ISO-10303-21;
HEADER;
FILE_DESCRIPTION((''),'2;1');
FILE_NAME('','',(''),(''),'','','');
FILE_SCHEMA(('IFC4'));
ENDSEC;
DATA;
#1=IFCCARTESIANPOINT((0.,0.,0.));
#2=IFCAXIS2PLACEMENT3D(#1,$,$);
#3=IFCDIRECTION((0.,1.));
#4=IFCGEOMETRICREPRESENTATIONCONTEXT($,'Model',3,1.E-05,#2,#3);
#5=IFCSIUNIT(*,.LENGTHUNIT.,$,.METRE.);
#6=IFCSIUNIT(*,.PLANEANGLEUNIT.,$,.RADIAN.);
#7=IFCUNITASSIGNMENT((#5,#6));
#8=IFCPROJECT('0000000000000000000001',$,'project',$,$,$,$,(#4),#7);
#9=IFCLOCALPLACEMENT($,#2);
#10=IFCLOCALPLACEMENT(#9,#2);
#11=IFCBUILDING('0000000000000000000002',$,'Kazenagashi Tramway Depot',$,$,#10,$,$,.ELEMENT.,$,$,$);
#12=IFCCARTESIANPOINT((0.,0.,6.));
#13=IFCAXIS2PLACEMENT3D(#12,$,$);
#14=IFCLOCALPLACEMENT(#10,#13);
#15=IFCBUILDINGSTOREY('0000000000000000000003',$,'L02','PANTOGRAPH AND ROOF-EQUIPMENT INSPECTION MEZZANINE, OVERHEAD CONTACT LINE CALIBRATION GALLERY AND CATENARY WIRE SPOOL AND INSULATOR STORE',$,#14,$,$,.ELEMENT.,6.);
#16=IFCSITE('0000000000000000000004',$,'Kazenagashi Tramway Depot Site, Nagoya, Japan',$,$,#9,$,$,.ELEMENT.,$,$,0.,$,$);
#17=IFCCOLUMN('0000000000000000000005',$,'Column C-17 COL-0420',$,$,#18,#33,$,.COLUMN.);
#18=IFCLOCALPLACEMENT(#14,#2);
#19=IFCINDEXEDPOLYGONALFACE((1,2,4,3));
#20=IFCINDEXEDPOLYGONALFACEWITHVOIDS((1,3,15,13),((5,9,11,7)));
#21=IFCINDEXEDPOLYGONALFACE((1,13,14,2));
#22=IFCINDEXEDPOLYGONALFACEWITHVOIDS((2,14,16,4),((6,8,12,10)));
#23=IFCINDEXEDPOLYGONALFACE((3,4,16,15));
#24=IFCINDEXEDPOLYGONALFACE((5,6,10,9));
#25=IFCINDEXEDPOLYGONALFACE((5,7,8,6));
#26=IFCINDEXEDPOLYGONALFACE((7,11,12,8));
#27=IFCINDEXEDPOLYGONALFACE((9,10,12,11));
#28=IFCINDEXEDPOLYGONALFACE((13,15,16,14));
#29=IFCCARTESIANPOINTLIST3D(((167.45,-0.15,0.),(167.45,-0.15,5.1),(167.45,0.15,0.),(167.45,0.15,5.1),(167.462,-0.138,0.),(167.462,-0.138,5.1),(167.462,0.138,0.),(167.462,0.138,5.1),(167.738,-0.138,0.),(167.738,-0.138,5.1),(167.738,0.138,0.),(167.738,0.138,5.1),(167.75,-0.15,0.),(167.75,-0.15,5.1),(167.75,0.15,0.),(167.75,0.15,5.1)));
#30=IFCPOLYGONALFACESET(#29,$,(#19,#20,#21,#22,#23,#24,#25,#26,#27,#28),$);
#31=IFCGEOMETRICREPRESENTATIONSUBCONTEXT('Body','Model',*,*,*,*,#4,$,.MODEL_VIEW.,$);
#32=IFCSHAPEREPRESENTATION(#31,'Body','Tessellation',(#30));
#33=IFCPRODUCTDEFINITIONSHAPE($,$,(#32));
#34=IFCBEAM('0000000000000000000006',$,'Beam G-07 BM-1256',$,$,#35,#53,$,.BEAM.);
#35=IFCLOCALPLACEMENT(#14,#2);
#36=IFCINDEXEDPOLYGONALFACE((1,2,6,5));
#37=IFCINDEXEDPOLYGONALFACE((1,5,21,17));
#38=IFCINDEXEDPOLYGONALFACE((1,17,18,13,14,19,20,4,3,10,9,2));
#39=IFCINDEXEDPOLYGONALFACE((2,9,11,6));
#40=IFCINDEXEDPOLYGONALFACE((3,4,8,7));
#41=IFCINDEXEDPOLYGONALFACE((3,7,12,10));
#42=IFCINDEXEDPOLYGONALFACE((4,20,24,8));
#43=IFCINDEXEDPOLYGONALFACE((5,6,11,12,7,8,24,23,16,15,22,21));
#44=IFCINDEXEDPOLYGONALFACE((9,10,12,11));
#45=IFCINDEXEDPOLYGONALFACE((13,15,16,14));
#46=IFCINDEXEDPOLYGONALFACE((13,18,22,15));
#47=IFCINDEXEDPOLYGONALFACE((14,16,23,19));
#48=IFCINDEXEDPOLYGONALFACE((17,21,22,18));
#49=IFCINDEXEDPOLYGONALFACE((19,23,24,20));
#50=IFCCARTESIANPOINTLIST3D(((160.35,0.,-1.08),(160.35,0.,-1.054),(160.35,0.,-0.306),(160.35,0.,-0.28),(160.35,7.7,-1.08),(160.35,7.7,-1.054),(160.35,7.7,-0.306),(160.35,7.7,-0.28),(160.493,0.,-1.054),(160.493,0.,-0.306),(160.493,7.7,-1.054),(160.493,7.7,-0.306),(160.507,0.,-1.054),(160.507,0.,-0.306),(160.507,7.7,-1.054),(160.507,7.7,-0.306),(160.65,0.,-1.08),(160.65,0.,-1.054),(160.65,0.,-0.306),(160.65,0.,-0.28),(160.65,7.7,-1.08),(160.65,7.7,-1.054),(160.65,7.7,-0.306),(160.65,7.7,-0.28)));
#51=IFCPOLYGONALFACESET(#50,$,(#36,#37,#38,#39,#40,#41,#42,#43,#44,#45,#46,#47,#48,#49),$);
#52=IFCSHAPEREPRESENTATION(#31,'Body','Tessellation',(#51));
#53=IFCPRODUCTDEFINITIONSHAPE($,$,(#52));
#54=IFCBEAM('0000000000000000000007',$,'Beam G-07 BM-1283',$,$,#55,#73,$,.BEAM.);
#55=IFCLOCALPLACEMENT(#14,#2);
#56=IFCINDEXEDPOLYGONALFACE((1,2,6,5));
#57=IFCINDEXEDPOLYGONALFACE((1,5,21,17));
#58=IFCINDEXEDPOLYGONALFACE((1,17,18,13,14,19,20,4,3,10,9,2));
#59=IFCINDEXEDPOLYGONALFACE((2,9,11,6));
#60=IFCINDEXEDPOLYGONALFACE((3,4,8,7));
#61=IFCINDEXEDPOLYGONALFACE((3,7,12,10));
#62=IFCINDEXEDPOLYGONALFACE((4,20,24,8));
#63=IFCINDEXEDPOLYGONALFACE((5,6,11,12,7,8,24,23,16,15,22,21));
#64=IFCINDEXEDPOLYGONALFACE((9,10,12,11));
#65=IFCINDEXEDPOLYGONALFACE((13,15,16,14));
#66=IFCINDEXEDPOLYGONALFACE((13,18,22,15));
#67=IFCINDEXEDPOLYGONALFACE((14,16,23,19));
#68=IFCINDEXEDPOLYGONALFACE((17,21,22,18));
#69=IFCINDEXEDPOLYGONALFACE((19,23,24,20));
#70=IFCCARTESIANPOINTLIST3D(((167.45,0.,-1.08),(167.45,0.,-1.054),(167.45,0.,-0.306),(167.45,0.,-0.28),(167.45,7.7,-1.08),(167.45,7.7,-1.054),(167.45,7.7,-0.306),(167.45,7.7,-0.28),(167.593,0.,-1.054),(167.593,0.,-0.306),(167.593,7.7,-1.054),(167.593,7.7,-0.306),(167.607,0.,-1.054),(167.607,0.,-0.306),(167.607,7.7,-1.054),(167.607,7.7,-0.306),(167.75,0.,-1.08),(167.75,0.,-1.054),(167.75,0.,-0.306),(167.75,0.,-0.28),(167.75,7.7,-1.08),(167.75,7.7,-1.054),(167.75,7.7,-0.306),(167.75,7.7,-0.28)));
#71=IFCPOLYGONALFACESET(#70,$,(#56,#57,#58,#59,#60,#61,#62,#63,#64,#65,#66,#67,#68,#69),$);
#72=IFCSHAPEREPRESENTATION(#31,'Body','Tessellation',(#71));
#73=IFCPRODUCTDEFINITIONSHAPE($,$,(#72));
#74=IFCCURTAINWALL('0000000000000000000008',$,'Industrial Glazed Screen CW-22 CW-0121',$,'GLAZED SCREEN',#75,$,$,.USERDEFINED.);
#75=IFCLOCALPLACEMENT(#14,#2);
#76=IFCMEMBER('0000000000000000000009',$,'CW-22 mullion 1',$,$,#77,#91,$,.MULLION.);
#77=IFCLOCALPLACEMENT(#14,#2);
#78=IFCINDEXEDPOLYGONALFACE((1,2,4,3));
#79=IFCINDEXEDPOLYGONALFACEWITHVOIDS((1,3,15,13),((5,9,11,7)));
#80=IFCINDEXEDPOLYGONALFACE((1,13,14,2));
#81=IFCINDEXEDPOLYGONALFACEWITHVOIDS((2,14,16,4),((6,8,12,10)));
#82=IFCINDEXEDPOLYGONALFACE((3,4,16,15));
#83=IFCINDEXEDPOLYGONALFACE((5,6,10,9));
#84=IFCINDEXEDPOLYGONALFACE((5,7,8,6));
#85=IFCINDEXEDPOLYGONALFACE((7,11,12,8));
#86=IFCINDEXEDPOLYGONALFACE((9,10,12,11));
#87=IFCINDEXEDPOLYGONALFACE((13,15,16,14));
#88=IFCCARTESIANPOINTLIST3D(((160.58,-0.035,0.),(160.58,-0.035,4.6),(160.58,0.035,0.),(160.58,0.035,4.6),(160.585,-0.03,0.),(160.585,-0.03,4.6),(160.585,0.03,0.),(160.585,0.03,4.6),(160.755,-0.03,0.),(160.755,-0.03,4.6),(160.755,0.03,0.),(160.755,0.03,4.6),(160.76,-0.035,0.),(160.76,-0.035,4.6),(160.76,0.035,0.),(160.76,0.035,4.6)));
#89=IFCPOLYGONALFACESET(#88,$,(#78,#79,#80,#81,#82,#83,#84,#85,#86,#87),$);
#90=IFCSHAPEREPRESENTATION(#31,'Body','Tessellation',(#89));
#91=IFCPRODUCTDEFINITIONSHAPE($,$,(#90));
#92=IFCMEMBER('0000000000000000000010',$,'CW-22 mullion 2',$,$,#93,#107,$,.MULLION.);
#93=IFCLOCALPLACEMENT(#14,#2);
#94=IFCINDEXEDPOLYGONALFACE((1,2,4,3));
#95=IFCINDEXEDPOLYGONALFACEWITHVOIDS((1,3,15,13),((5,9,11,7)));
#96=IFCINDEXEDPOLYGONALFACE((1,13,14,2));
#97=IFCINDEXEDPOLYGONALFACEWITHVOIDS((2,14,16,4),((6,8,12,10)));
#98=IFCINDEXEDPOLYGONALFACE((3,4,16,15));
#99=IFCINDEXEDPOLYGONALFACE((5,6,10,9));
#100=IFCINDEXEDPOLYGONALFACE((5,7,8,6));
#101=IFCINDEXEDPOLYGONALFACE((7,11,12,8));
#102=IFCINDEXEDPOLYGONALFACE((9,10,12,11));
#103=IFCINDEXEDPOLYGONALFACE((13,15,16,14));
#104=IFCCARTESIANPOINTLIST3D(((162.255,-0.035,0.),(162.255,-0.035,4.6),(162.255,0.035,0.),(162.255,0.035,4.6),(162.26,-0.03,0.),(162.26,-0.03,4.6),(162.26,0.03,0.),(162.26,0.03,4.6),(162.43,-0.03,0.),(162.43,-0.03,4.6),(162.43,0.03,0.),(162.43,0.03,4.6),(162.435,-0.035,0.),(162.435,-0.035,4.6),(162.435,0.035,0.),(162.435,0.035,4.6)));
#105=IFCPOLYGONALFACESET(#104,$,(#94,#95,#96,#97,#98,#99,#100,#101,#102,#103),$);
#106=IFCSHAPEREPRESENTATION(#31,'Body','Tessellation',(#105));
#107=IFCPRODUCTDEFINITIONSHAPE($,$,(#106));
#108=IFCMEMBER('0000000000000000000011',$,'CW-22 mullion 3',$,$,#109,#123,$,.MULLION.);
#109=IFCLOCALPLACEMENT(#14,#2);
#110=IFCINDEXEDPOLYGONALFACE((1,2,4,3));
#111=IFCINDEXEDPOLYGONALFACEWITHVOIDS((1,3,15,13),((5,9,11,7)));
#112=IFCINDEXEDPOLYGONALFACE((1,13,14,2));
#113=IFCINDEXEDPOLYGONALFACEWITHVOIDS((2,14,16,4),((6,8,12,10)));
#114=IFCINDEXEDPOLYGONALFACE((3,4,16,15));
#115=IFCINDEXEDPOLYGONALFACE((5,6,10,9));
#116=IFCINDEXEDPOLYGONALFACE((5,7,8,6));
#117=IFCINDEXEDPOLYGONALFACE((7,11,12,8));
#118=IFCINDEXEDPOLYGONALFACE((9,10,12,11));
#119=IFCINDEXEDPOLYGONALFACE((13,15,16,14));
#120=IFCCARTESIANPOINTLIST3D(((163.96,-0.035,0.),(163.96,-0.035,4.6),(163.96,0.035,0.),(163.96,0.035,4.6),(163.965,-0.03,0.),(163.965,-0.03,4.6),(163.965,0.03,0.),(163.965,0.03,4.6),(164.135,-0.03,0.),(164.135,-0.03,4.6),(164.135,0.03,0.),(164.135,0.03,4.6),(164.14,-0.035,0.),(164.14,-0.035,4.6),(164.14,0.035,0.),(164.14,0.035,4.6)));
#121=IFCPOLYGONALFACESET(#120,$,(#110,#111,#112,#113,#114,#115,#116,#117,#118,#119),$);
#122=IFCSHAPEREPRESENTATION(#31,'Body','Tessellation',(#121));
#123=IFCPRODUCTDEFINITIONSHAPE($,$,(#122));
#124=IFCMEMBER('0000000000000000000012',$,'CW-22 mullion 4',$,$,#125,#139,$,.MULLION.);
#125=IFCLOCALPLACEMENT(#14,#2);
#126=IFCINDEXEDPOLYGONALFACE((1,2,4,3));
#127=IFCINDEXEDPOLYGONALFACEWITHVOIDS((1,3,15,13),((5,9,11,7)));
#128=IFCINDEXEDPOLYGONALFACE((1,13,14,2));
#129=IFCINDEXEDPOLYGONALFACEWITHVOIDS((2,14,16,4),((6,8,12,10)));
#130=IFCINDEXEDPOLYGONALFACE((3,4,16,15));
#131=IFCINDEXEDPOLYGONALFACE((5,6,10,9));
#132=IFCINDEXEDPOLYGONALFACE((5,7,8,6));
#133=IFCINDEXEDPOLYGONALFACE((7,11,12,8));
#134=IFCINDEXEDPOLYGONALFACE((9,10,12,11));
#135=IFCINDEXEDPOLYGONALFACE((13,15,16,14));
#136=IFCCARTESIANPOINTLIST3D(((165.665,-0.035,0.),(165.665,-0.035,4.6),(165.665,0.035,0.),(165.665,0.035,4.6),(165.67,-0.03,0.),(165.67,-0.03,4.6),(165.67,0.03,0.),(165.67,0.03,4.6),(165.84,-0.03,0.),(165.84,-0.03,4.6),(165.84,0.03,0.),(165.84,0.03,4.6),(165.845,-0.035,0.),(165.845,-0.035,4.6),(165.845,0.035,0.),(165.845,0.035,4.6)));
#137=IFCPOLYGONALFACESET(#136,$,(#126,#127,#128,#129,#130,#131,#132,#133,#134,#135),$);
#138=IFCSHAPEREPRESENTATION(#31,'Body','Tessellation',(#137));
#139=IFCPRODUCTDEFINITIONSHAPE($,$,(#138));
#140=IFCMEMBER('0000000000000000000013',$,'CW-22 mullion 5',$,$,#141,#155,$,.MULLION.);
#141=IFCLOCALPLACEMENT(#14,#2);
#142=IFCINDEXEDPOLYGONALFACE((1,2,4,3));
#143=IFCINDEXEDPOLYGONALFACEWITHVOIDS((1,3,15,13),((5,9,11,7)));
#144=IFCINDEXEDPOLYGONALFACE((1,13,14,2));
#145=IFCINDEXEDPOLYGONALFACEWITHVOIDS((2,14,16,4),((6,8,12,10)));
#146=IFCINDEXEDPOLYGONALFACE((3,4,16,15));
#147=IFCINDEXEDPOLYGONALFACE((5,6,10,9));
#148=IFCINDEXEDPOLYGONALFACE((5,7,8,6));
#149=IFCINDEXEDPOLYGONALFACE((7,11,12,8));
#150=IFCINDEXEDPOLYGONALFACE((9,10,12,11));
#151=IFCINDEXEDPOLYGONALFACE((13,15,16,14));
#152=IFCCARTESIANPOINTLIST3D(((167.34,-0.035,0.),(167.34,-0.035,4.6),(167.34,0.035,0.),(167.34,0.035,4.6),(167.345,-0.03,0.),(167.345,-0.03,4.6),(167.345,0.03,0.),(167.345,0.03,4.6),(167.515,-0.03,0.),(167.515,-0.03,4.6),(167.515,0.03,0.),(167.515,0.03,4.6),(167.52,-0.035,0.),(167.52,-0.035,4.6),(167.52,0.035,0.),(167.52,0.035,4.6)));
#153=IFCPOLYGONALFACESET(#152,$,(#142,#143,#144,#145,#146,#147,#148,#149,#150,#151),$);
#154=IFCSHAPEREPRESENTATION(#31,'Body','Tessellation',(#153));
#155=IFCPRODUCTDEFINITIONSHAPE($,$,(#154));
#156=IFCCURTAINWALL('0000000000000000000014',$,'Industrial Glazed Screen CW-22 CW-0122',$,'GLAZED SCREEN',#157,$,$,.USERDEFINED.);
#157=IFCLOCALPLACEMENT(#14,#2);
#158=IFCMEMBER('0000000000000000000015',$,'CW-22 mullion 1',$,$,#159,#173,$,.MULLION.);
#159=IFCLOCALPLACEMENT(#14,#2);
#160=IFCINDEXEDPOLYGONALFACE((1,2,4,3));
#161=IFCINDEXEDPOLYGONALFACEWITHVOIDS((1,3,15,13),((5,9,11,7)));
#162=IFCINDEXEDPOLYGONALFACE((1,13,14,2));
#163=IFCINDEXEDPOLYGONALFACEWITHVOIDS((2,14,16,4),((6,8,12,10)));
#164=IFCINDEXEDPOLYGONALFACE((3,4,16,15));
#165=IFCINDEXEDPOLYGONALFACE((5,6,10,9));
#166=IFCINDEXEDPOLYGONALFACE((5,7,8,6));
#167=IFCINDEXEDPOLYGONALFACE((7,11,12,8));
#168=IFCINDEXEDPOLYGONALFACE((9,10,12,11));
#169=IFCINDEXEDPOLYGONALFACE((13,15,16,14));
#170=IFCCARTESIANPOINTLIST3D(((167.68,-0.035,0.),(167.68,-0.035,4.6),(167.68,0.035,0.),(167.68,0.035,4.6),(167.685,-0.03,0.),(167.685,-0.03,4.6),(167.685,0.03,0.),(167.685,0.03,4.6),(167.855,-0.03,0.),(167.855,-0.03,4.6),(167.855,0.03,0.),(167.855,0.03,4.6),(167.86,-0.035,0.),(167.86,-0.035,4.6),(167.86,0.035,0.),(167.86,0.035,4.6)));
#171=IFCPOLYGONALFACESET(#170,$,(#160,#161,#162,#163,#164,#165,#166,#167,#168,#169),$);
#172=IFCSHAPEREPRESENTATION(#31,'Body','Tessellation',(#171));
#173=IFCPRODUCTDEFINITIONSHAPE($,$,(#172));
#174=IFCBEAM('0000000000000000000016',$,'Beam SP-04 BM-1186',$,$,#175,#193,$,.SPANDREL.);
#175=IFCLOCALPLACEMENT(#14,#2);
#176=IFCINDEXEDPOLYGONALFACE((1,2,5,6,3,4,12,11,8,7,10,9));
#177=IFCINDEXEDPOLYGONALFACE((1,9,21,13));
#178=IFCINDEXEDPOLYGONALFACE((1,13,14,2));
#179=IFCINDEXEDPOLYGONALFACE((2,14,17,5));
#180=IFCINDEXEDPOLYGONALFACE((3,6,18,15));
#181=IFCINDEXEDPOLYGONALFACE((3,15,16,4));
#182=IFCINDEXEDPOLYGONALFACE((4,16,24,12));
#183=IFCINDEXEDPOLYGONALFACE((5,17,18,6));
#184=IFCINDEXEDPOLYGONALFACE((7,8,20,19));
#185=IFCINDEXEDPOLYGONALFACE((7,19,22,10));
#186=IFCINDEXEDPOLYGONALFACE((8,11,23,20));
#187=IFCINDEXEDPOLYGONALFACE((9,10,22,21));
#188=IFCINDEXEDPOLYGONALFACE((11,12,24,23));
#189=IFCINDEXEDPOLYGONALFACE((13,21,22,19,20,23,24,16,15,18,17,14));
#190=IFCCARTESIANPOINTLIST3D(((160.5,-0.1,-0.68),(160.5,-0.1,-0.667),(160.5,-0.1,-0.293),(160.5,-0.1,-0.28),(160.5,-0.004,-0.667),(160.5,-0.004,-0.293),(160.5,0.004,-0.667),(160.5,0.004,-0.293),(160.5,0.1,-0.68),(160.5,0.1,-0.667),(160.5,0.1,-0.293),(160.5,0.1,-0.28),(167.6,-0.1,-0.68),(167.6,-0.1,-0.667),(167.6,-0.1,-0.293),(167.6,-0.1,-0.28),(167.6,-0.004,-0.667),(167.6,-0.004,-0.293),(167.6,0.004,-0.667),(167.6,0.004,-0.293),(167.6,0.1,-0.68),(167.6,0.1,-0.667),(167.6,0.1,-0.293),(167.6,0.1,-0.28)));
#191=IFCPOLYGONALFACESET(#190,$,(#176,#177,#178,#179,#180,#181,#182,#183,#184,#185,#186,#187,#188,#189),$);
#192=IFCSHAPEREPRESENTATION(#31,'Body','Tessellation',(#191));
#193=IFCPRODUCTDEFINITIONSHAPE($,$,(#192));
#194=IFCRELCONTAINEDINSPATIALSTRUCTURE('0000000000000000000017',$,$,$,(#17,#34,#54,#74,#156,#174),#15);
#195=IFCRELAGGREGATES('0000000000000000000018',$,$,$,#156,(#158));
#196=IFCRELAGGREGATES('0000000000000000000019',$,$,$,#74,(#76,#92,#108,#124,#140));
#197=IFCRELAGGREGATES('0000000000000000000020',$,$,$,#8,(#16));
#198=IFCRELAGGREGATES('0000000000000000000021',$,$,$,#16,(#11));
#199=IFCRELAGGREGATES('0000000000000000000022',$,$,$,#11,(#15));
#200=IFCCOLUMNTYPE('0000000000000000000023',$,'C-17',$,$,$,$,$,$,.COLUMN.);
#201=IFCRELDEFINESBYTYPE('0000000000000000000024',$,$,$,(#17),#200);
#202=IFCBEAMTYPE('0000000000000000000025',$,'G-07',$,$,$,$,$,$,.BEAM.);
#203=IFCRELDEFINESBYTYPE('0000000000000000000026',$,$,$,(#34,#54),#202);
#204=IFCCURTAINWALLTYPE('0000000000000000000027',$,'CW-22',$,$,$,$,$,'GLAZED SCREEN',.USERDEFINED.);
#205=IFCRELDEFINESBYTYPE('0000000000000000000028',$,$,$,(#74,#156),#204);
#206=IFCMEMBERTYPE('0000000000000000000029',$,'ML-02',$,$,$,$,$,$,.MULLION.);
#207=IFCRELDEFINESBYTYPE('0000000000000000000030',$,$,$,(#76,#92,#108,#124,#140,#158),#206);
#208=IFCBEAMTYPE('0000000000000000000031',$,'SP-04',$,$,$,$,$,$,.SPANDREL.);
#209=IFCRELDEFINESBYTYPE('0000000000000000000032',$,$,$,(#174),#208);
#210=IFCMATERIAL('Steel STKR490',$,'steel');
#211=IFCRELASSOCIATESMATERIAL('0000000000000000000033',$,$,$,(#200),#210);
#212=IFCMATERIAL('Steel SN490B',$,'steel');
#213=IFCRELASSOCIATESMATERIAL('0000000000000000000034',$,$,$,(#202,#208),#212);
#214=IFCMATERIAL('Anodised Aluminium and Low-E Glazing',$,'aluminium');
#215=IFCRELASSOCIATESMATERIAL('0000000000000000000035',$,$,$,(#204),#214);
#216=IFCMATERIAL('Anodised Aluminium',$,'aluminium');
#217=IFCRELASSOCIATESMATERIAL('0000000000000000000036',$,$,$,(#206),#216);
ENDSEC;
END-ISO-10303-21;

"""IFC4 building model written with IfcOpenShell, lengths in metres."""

from ifc_helpers import new_model, si_unit, direction, frame, origin, origin_2d, place, context, subcontext, project, spatial, hollow_rectangle, i_section, extrude, material, material_profile, profile_set, type_object, element, aggregate, save


model = new_model("IFC4")

# Units and contexts
model_context = context("Model", 3, precision=1e-05, world=origin(), true_north=direction((0.0, 1.0)))
body_context = subcontext(model_context, "Body", "Model", "MODEL_VIEW")
ifc_project = project(units=[si_unit("LENGTHUNIT", "METRE"), si_unit("PLANEANGLEUNIT", "RADIAN")], contexts=[model_context])

# Site, building, storey
site_placement = place(None, origin())
site = spatial("IfcSite", under=ifc_project, at=site_placement, Name="Kazenagashi Tramway Depot Site, Nagoya, Japan", CompositionType="ELEMENT", RefElevation=0.0)
building_placement = place(site_placement, origin())
building = spatial("IfcBuilding", under=site, at=building_placement, Name="Kazenagashi Tramway Depot", CompositionType="ELEMENT")
storey_placement = place(building_placement, frame((0.0, 0.0, 6.0)))
storey = spatial("IfcBuildingStorey", under=building, at=storey_placement, Name="L02", Description="PANTOGRAPH AND ROOF-EQUIPMENT INSPECTION MEZZANINE, OVERHEAD CONTACT LINE CALIBRATION GALLERY AND CATENARY WIRE SPOOL AND INSULATOR STORE", CompositionType="ELEMENT", Elevation=6.0)

# Column
ifc_material_1 = material(Name="Steel STKR490", Category="steel")
ifc_material_profile_1 = material_profile(ifc_material_1, hollow_rectangle(XDim=0.3, YDim=0.3, WallThickness=0.012, at=origin_2d()), Name="SHS-300x300x12")
ifc_profile_set_1 = profile_set([ifc_material_profile_1], Name="Steel STKR490")
column_type = type_object("IfcColumnType", Name="C-17", PredefinedType="COLUMN", material=ifc_profile_set_1)
column_placement = place(storey_placement, frame((167.6, 0.0, 0.0), z_axis=(0.0, 0.0, 1.0), x_axis=(1.0, 0.0, 0.0)))
element("IfcColumn", 1, at=column_placement, inside=storey, type_object=column_type, Name="Column C-17 COL-0420", PredefinedType="COLUMN", context=body_context, shape_type="SweptSolid", body=[
    extrude(hollow_rectangle(XDim=0.3, YDim=0.3, WallThickness=0.012, at=origin_2d()), origin(), (0.0, 0.0, 1.0), 5.1),
])

# Beams
ifc_material_2 = material(Name="Steel SN490B", Category="steel")
ifc_material_profile_2 = material_profile(ifc_material_2, i_section(OverallWidth=0.3, OverallDepth=0.8, WebThickness=0.014, FlangeThickness=0.026, at=origin_2d()), Name="H-800x300x14x26")
ifc_profile_set_2 = profile_set([ifc_material_profile_2], Name="Steel SN490B")
beam_type_1 = type_object("IfcBeamType", Name="G-07", PredefinedType="BEAM", material=ifc_profile_set_2)
for number, where, z_axis, x_axis, name in (
    (2, (160.5, 0.0, -0.68), (0.0, 1.0, 0.0), (-1.0, 0.0, 0.0), "Beam G-07 BM-1256"),
    (3, (167.6, 0.0, -0.68), (0.0, 1.0, 0.0), (-1.0, 0.0, 0.0), "Beam G-07 BM-1283"),
):
    element("IfcBeam", number, at=place(storey_placement, frame(where, z_axis=z_axis, x_axis=x_axis)), inside=storey, type_object=beam_type_1, Name=name, PredefinedType="BEAM", context=body_context, shape_type="SweptSolid", body=[
        extrude(i_section(OverallWidth=0.3, OverallDepth=0.8, WebThickness=0.014, FlangeThickness=0.026, at=origin_2d()), origin(), (0.0, 0.0, 1.0), 7.7),
    ])

# Curtain wall, members
ifc_material_3 = material(Name="Anodised Aluminium and Low-E Glazing", Category="aluminium")
curtain_wall_type = type_object("IfcCurtainWallType", Name="CW-22", ElementType="GLAZED SCREEN", PredefinedType="USERDEFINED", material=ifc_material_3)
curtain_wall_1_placement = place(storey_placement, origin())
curtain_wall_1 = element("IfcCurtainWall", 4, at=curtain_wall_1_placement, inside=storey, type_object=curtain_wall_type, Name="Industrial Glazed Screen CW-22 CW-0121", ObjectType="GLAZED SCREEN", PredefinedType="USERDEFINED")
ifc_material_4 = material(Name="Anodised Aluminium", Category="aluminium")
ifc_material_profile_3 = material_profile(ifc_material_4, hollow_rectangle(XDim=0.07, YDim=0.18, WallThickness=0.005, at=origin_2d()), Name="RHS-180x70x5")
ifc_profile_set_3 = profile_set([ifc_material_profile_3], Name="Anodised Aluminium")
member_type_1 = type_object("IfcMemberType", Name="ML-02", PredefinedType="MULLION", material=ifc_profile_set_3)
member_1_placement = place(storey_placement, frame((160.67, 0.0, 0.0), z_axis=(0.0, 0.0, 1.0), x_axis=(0.0, 1.0, 0.0)))
member_1 = element("IfcMember", 5, at=member_1_placement, type_object=member_type_1, Name="CW-22 mullion 1", PredefinedType="MULLION", context=body_context, shape_type="SweptSolid", body=[
    extrude(hollow_rectangle(XDim=0.07, YDim=0.18, WallThickness=0.005, at=origin_2d()), origin(), (0.0, 0.0, 1.0), 4.6),
])
member_2_placement = place(storey_placement, frame((162.345, 0.0, 0.0), z_axis=(0.0, 0.0, 1.0), x_axis=(0.0, 1.0, 0.0)))
member_2 = element("IfcMember", 6, at=member_2_placement, type_object=member_type_1, Name="CW-22 mullion 2", PredefinedType="MULLION", context=body_context, shape_type="SweptSolid", body=[
    extrude(hollow_rectangle(XDim=0.07, YDim=0.18, WallThickness=0.005, at=origin_2d()), origin(), (0.0, 0.0, 1.0), 4.6),
])
member_3_placement = place(storey_placement, frame((164.05, 0.0, 0.0), z_axis=(0.0, 0.0, 1.0), x_axis=(0.0, 1.0, 0.0)))
member_3 = element("IfcMember", 7, at=member_3_placement, type_object=member_type_1, Name="CW-22 mullion 3", PredefinedType="MULLION", context=body_context, shape_type="SweptSolid", body=[
    extrude(hollow_rectangle(XDim=0.07, YDim=0.18, WallThickness=0.005, at=origin_2d()), origin(), (0.0, 0.0, 1.0), 4.6),
])
member_4_placement = place(storey_placement, frame((165.755, 0.0, 0.0), z_axis=(0.0, 0.0, 1.0), x_axis=(0.0, 1.0, 0.0)))
member_4 = element("IfcMember", 8, at=member_4_placement, type_object=member_type_1, Name="CW-22 mullion 4", PredefinedType="MULLION", context=body_context, shape_type="SweptSolid", body=[
    extrude(hollow_rectangle(XDim=0.07, YDim=0.18, WallThickness=0.005, at=origin_2d()), origin(), (0.0, 0.0, 1.0), 4.6),
])
member_5_placement = place(storey_placement, frame((167.43, 0.0, 0.0), z_axis=(0.0, 0.0, 1.0), x_axis=(0.0, 1.0, 0.0)))
member_5 = element("IfcMember", 9, at=member_5_placement, type_object=member_type_1, Name="CW-22 mullion 5", PredefinedType="MULLION", context=body_context, shape_type="SweptSolid", body=[
    extrude(hollow_rectangle(XDim=0.07, YDim=0.18, WallThickness=0.005, at=origin_2d()), origin(), (0.0, 0.0, 1.0), 4.6),
])

# Curtain wall, member
curtain_wall_2_placement = place(storey_placement, origin())
curtain_wall_2 = element("IfcCurtainWall", 10, at=curtain_wall_2_placement, inside=storey, type_object=curtain_wall_type, Name="Industrial Glazed Screen CW-22 CW-0122", ObjectType="GLAZED SCREEN", PredefinedType="USERDEFINED")
member_6_placement = place(storey_placement, frame((167.77, 0.0, 0.0), z_axis=(0.0, 0.0, 1.0), x_axis=(0.0, 1.0, 0.0)))
member_6 = element("IfcMember", 11, at=member_6_placement, type_object=member_type_1, Name="CW-22 mullion 1", PredefinedType="MULLION", context=body_context, shape_type="SweptSolid", body=[
    extrude(hollow_rectangle(XDim=0.07, YDim=0.18, WallThickness=0.005, at=origin_2d()), origin(), (0.0, 0.0, 1.0), 4.6),
])

# Beam
ifc_material_profile_4 = material_profile(ifc_material_2, i_section(OverallWidth=0.2, OverallDepth=0.4, WebThickness=0.008, FlangeThickness=0.013, at=origin_2d()), Name="H-400x200x8x13")
ifc_profile_set_4 = profile_set([ifc_material_profile_4], Name="Steel SN490B")
beam_type_2 = type_object("IfcBeamType", Name="SP-04", PredefinedType="SPANDREL", material=ifc_profile_set_4)
for number, where, z_axis, x_axis, name in (
    (12, (160.5, 0.0, -0.48), (1.0, 0.0, 0.0), (0.0, 1.0, 0.0), "Beam SP-04 BM-1186"),
):
    element("IfcBeam", number, at=place(storey_placement, frame(where, z_axis=z_axis, x_axis=x_axis)), inside=storey, type_object=beam_type_2, Name=name, PredefinedType="SPANDREL", context=body_context, shape_type="SweptSolid", body=[
        extrude(i_section(OverallWidth=0.2, OverallDepth=0.4, WebThickness=0.008, FlangeThickness=0.013, at=origin_2d()), origin(), (0.0, 0.0, 1.0), 7.1),
    ])

aggregate(curtain_wall_2, [member_6])

aggregate(curtain_wall_1, [member_1, member_2, member_3, member_4, member_5])

save(model, "model.ifc")
